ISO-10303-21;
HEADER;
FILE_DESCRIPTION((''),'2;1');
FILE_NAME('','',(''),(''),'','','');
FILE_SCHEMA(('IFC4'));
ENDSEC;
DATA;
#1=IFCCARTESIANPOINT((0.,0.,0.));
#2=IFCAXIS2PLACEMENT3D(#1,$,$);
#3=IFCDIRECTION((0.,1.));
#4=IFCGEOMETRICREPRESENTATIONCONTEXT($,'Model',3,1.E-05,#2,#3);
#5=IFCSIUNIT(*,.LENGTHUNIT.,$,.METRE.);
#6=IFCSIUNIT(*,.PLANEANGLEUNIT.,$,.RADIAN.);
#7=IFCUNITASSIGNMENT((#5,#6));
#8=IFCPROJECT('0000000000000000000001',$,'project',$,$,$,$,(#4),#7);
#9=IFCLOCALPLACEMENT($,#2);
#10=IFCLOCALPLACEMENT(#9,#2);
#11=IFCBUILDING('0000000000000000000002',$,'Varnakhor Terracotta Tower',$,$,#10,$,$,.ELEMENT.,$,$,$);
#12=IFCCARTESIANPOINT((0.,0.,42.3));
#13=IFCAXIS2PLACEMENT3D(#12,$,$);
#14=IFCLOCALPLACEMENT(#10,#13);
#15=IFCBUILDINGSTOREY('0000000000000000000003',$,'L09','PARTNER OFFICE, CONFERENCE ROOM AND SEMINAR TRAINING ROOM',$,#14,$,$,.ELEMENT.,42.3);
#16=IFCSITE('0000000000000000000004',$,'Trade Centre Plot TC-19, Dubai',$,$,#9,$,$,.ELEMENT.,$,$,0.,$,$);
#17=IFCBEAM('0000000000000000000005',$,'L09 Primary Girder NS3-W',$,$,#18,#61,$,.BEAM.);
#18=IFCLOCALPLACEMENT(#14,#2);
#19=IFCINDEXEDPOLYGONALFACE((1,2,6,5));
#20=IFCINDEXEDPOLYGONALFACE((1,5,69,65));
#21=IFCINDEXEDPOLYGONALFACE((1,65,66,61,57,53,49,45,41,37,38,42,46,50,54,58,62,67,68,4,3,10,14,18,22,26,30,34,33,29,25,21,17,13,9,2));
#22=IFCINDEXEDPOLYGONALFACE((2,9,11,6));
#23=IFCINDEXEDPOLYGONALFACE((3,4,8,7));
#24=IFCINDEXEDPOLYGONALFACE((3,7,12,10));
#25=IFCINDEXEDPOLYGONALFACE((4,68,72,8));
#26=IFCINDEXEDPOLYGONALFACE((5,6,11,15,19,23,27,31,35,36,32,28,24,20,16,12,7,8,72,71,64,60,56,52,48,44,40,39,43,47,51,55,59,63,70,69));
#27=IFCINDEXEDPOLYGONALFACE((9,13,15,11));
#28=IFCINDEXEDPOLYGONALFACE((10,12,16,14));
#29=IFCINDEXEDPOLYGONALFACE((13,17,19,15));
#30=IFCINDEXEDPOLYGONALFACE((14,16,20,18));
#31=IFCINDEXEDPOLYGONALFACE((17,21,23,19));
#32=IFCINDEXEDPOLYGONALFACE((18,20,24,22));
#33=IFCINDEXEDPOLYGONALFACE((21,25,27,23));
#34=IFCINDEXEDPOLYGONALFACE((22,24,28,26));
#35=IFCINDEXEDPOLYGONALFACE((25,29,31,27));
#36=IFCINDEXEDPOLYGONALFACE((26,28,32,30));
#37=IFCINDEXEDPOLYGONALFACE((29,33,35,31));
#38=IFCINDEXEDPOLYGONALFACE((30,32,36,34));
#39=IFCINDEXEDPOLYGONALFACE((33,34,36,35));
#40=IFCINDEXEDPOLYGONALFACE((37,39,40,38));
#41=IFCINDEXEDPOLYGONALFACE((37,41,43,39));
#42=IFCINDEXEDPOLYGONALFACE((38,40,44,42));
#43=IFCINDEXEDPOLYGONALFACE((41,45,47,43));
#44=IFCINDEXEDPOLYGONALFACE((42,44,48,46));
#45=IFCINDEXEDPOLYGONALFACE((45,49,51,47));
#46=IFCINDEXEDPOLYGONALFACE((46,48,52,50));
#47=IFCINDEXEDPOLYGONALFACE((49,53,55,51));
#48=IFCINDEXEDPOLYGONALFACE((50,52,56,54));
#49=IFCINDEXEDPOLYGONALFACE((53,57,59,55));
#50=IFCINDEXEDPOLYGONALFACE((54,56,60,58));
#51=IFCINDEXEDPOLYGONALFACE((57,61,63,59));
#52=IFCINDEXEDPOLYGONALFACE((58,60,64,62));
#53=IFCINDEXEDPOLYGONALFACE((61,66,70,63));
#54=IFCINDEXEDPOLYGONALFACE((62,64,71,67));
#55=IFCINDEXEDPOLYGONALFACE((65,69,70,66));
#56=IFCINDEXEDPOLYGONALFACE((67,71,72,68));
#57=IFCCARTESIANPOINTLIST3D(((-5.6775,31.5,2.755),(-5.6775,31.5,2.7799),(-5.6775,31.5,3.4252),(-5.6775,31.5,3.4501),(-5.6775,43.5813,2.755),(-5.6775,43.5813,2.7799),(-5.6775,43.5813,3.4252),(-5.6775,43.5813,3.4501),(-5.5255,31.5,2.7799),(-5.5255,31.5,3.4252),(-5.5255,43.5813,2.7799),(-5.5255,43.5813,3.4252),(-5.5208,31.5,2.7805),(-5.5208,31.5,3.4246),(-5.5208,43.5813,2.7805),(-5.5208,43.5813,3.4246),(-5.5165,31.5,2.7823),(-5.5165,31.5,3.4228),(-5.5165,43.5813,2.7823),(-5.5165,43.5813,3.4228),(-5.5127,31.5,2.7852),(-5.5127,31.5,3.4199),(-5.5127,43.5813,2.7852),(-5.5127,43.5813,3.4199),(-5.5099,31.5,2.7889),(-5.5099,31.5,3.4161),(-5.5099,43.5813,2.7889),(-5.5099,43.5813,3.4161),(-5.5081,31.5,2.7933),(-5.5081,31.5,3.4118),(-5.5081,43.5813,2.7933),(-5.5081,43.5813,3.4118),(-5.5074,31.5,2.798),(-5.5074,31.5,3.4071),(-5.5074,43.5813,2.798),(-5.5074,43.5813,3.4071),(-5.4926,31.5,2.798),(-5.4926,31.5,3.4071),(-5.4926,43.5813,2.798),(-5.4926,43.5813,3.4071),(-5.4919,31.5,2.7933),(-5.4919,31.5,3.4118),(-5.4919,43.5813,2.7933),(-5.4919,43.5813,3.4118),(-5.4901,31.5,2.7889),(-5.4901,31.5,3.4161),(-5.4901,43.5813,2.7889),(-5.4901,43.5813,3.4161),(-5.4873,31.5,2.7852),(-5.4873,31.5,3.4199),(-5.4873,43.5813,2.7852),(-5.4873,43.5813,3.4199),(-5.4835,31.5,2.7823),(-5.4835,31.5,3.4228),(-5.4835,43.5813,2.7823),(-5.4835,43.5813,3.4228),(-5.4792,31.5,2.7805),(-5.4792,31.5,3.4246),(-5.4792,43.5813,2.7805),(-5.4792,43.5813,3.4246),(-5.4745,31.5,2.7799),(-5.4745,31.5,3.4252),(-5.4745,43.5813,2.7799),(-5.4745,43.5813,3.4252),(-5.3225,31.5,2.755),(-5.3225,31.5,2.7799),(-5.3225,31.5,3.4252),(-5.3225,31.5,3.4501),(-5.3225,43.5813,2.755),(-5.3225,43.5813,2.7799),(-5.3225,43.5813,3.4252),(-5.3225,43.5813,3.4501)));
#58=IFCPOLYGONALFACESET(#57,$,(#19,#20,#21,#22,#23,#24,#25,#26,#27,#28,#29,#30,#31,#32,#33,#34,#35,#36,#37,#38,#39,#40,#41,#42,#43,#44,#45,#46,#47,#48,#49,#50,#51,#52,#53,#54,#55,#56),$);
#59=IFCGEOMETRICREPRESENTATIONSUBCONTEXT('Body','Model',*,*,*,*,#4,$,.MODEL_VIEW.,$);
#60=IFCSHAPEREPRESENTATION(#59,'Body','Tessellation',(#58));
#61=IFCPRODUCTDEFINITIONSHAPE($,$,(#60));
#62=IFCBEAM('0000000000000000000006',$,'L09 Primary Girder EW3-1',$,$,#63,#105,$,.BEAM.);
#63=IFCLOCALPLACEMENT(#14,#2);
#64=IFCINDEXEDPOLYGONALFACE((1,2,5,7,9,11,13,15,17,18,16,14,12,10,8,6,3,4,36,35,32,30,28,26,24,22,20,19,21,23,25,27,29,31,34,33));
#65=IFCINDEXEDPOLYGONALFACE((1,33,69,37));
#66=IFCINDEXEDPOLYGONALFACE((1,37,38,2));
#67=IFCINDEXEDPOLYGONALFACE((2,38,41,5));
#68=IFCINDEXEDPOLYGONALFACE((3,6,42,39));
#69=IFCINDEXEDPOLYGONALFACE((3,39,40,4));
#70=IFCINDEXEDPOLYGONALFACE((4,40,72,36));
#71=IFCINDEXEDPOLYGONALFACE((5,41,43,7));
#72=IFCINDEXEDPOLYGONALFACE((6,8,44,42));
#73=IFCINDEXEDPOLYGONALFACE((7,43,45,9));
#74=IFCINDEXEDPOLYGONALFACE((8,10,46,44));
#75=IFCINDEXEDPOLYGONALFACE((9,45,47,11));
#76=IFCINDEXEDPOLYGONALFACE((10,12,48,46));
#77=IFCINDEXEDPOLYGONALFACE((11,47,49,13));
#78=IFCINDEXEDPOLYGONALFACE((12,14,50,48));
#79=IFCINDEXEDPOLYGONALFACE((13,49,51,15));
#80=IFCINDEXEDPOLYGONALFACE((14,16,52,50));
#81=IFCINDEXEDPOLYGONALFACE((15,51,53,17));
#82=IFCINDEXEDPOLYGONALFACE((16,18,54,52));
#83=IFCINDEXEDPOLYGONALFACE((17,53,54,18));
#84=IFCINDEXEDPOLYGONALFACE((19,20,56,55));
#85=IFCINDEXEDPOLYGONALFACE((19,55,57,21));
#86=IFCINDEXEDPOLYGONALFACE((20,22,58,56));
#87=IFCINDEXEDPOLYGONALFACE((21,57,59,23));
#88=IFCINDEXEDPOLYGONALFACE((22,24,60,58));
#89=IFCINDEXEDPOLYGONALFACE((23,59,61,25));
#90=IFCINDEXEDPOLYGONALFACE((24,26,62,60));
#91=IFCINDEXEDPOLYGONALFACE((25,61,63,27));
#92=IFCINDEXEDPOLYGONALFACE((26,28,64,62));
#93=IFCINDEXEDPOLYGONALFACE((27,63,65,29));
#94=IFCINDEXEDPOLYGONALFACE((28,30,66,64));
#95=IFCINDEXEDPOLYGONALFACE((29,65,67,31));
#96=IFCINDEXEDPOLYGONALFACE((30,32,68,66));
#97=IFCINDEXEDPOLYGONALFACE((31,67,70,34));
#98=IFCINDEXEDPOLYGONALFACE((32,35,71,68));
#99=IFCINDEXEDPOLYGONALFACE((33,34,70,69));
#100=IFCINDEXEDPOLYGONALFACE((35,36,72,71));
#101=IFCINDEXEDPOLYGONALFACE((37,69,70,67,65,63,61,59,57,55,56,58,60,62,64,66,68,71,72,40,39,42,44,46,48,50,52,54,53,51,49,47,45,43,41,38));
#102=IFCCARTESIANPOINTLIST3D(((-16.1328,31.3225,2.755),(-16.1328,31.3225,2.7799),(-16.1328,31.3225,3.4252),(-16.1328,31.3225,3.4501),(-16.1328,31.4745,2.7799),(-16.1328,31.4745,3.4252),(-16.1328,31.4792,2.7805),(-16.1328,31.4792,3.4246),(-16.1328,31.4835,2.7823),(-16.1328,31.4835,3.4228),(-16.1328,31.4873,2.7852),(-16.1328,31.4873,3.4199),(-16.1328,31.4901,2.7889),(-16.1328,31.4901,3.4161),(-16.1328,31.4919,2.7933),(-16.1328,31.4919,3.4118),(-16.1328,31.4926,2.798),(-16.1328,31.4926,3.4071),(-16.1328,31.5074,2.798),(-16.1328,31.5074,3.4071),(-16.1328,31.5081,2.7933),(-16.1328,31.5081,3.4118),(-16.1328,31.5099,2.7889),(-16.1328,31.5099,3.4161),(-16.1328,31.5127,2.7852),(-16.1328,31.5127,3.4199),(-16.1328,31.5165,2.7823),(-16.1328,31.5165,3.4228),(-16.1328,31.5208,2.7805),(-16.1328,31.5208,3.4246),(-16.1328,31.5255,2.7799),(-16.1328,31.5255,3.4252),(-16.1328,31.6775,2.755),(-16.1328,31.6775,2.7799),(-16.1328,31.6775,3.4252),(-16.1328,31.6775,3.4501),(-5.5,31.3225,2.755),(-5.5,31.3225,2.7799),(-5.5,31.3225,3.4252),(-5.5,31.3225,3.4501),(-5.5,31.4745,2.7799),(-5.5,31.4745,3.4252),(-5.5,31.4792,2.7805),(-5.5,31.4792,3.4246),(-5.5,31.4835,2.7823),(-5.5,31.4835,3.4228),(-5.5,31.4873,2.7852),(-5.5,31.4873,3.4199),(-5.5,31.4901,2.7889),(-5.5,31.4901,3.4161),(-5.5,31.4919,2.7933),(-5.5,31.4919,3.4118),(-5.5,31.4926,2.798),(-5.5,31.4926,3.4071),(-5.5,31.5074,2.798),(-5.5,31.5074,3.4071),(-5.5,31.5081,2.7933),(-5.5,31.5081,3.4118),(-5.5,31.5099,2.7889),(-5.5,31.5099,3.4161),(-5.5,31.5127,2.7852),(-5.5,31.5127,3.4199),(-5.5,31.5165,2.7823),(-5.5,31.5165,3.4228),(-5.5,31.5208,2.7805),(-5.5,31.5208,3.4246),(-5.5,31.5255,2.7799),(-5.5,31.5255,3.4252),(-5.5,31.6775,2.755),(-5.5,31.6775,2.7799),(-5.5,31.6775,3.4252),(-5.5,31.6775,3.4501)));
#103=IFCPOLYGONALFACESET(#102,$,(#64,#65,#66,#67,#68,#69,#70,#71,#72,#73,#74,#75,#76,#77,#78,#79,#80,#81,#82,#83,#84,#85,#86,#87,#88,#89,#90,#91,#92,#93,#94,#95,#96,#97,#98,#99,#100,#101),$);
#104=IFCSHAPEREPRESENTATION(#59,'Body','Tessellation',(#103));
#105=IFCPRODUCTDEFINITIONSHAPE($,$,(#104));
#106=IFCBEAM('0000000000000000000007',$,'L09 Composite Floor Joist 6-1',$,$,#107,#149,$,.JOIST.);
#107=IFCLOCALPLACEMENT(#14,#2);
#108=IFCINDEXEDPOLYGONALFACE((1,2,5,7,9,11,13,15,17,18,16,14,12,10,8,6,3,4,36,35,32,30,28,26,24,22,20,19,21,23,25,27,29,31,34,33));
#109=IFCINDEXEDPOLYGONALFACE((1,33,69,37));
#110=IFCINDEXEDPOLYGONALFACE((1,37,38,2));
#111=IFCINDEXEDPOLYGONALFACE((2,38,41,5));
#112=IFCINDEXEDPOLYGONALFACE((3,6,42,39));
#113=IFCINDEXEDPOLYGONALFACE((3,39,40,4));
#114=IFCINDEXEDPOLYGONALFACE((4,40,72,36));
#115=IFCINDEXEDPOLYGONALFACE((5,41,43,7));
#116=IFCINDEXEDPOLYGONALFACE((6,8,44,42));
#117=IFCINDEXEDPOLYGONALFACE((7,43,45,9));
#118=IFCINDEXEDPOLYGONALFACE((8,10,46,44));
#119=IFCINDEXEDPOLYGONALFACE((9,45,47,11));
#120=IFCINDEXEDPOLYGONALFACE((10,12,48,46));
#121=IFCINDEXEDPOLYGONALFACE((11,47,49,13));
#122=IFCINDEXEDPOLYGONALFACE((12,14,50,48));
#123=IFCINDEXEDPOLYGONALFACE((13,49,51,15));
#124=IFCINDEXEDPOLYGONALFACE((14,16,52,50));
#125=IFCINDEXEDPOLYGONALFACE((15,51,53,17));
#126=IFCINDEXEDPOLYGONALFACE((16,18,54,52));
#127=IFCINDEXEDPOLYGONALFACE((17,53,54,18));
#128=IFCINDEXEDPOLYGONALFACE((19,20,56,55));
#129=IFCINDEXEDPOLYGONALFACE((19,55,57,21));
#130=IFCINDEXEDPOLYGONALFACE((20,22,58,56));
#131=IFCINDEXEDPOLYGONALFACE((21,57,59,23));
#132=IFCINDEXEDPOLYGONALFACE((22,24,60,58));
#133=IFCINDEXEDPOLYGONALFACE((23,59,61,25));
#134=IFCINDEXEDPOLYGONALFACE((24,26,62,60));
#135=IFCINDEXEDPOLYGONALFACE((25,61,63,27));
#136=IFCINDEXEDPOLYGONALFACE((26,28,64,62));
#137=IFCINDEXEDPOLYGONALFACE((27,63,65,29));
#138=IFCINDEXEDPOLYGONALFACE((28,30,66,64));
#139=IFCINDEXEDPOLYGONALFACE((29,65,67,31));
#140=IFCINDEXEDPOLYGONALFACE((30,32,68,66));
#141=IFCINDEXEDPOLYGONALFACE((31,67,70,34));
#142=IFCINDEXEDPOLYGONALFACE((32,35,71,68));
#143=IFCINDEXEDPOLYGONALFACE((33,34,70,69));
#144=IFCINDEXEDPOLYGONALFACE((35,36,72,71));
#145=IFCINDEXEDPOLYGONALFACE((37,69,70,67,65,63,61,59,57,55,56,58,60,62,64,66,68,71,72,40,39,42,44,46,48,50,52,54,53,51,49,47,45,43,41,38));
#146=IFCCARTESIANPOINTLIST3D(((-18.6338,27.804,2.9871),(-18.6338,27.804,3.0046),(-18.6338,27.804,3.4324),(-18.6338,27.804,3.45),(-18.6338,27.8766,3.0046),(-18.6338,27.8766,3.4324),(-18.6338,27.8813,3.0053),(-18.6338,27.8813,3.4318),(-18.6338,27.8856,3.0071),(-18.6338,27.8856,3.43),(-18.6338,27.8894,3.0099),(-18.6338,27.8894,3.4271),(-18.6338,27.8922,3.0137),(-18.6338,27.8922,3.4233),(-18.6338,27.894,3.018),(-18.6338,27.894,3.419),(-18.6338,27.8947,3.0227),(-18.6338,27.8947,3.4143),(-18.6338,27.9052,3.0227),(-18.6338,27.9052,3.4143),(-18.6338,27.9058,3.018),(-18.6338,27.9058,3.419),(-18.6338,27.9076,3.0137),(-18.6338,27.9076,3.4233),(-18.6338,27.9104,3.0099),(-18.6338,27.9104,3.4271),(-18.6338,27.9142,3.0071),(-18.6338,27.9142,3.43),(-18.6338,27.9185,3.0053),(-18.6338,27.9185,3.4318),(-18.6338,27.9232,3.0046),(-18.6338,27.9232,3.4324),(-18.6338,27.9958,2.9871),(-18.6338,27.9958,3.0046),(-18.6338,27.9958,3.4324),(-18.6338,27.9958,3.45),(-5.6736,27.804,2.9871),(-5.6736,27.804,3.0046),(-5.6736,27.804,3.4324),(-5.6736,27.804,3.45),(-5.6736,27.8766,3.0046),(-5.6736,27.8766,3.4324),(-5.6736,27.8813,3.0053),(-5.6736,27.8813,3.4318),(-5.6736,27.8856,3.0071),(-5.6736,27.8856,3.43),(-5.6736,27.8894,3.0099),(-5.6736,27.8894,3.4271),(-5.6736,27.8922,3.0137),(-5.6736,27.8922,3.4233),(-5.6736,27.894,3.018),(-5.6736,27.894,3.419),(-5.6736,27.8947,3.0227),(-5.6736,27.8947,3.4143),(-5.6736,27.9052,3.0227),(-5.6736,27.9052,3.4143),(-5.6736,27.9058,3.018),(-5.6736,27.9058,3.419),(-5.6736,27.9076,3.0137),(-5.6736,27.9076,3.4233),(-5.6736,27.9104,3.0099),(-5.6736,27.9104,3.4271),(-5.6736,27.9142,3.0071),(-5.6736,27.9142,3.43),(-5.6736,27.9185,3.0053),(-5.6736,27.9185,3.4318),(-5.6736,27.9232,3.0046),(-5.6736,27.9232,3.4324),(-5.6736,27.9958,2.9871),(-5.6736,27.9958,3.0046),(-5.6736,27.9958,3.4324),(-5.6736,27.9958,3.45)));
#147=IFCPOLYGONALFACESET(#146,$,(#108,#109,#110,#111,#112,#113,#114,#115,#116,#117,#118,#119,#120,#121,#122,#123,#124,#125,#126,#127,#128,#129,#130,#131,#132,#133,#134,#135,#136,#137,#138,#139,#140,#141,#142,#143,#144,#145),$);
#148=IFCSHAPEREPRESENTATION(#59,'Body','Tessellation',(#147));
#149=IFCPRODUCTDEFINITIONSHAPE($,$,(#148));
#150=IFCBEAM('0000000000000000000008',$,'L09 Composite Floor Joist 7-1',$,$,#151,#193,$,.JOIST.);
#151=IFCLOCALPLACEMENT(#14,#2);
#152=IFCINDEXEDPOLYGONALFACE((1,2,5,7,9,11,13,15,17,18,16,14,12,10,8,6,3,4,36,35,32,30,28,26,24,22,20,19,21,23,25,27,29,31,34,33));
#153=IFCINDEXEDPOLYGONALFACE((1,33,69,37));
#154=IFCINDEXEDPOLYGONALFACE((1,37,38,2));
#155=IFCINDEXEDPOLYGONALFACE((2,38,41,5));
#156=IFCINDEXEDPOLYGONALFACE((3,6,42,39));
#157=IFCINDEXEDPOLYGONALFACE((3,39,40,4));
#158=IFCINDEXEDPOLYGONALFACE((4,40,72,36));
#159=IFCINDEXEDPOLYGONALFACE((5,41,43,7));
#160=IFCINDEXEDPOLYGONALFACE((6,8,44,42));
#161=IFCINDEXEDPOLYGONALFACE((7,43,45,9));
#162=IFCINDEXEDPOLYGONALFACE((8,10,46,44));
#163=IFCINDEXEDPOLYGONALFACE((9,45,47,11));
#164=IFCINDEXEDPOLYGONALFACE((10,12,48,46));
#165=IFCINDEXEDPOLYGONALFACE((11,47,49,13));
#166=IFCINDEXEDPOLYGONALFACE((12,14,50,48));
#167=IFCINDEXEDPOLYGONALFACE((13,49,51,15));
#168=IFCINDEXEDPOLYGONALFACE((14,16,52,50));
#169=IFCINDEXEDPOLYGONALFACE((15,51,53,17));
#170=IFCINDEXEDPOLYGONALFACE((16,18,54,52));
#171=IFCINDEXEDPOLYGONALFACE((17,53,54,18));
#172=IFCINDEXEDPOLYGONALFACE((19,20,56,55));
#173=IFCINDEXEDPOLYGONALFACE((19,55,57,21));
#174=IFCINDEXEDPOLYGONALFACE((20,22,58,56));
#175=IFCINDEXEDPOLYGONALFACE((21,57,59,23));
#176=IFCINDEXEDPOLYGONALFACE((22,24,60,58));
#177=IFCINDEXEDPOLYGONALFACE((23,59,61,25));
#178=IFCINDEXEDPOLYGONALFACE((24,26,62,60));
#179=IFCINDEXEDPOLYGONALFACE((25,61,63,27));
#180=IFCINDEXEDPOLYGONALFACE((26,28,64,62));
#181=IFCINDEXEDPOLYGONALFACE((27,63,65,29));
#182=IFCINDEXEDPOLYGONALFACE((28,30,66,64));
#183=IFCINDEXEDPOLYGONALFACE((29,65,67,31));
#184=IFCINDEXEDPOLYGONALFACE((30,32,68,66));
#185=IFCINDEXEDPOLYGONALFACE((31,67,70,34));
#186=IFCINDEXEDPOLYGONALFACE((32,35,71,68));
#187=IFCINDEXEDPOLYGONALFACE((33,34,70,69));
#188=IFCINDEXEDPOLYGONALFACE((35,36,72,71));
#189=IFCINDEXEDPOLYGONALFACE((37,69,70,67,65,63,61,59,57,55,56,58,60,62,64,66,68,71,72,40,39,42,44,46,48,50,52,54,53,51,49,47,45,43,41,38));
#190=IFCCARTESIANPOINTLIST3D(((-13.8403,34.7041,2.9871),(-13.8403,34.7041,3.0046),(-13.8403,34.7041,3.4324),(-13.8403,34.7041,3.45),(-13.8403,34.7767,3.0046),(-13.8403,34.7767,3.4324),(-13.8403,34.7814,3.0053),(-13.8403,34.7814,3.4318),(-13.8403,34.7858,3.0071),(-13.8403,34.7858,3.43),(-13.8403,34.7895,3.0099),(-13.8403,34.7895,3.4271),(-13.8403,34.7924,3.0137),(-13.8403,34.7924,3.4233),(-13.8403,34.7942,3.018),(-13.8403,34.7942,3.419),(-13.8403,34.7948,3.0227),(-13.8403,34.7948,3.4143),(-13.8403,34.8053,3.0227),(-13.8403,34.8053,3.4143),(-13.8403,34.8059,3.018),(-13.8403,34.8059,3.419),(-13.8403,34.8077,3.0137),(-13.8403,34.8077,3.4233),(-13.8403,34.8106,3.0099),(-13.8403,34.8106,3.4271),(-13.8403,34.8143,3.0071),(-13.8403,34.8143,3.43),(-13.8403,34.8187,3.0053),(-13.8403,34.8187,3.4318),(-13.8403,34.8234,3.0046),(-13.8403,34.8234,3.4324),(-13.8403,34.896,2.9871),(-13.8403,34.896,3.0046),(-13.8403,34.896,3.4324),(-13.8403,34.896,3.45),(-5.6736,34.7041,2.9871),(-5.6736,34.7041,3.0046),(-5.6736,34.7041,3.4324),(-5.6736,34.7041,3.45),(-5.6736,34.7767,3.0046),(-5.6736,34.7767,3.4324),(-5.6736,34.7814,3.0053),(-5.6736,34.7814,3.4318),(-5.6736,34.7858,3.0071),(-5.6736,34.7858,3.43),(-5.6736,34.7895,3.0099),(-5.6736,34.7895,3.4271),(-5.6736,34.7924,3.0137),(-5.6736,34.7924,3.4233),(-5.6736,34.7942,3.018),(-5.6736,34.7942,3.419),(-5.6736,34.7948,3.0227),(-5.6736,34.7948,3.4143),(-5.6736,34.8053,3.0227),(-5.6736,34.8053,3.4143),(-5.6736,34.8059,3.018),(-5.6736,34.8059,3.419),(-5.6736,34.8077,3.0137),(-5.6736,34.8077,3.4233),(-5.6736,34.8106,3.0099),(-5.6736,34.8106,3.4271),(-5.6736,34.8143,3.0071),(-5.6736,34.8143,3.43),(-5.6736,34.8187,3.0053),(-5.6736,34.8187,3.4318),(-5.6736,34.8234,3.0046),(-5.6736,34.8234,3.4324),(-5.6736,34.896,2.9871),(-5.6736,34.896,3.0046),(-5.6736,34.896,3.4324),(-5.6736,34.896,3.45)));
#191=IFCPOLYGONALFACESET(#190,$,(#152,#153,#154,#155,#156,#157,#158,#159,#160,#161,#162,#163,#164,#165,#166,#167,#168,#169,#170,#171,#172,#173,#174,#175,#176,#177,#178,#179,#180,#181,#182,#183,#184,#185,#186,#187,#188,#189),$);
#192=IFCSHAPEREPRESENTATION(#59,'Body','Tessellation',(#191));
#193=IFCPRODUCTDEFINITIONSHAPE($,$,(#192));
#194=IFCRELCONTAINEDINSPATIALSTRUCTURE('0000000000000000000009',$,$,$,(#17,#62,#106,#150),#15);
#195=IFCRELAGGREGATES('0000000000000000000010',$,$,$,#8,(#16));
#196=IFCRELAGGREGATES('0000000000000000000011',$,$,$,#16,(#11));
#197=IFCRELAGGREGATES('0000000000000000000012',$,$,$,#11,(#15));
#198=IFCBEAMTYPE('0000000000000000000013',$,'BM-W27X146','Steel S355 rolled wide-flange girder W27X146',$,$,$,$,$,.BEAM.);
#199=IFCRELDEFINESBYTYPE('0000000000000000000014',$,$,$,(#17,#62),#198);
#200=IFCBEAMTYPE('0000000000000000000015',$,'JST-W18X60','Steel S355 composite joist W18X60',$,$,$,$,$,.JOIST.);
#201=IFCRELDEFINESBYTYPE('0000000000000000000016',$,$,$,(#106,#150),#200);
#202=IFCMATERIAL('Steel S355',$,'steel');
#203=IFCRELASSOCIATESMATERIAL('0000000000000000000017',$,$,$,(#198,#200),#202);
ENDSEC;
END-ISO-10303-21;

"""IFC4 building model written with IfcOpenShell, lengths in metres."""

from ifc_helpers import new_model, si_unit, direction, frame, origin, origin_2d, place, context, subcontext, project, spatial, i_section, extrude, source, transform, mapped, material, material_profile, profile_set, type_object, element, save


model = new_model("IFC4")

# Units and contexts
model_context = context("Model", 3, precision=1e-05, world=origin(), true_north=direction((0.0, 1.0)))
body_context = subcontext(model_context, "Body", "Model", "MODEL_VIEW")
ifc_project = project(units=[si_unit("LENGTHUNIT", "METRE"), si_unit("PLANEANGLEUNIT", "RADIAN")], contexts=[model_context])

# Site, building, storey
site_placement = place(None, origin())
site = spatial("IfcSite", under=ifc_project, at=site_placement, Name="Trade Centre Plot TC-19, Dubai", CompositionType="ELEMENT", RefElevation=0.0)
building_placement = place(site_placement, origin())
building = spatial("IfcBuilding", under=site, at=building_placement, Name="Varnakhor Terracotta Tower", CompositionType="ELEMENT")
storey_placement = place(building_placement, frame((0.0, 0.0, 42.3)))
storey = spatial("IfcBuildingStorey", under=building, at=storey_placement, Name="L09", Description="PARTNER OFFICE, CONFERENCE ROOM AND SEMINAR TRAINING ROOM", CompositionType="ELEMENT", Elevation=42.3)

# Beams
ifc_material_1 = material(Name="Steel S355", Category="steel")
ifc_material_profile_1 = material_profile(ifc_material_1, i_section(OverallWidth=0.355, OverallDepth=0.6951, WebThickness=0.0149, FlangeThickness=0.0249, FilletRadius=0.0181, at=origin_2d()), Name="W27X146")
ifc_profile_set_1 = profile_set([ifc_material_profile_1], Name="Steel S355")
beam_type_1 = type_object("IfcBeamType", Name="BM-W27X146", Description="Steel S355 rolled wide-flange girder W27X146", PredefinedType="BEAM", material=ifc_profile_set_1)
ifc_material_profile_2 = material_profile(ifc_material_1, i_section(OverallWidth=0.1919, OverallDepth=0.4629, WebThickness=0.0105, FlangeThickness=0.0176, FilletRadius=0.0181, at=origin_2d()), Name="W18X60")
ifc_profile_set_2 = profile_set([ifc_material_profile_2], Name="Steel S355")
beam_type_2 = type_object("IfcBeamType", Name="JST-W18X60", Description="Steel S355 composite joist W18X60", PredefinedType="JOIST", material=ifc_profile_set_2)
shared_shape_1 = source(origin(), body_context, "Body", "SweptSolid", [
    extrude(i_section(OverallWidth=0.355, OverallDepth=0.6951, WebThickness=0.0149, FlangeThickness=0.0249, FilletRadius=0.0181, at=origin_2d()), origin(), (0.0, 0.0, 1.0), 12.0813),
])
beam_1_placement = place(storey_placement, frame((-5.5, 31.5, 3.1025), z_axis=(0.0, 1.0, 0.0), x_axis=(-1.0, 0.0, 0.0)))
element("IfcBeam", 1, at=beam_1_placement, inside=storey, type_object=beam_type_1, Name="L09 Primary Girder NS3-W", PredefinedType="BEAM", context=body_context, shape_type="MappedRepresentation", body=[
    mapped(shared_shape_1, transform((0.0, 0.0, 0.0), scale=1.0)),
])
shared_shape_2 = source(origin(), body_context, "Body", "SweptSolid", [
    extrude(i_section(OverallWidth=0.355, OverallDepth=0.6951, WebThickness=0.0149, FlangeThickness=0.0249, FilletRadius=0.0181, at=origin_2d()), origin(), (0.0, 0.0, 1.0), 10.6328),
])
beam_2_placement = place(storey_placement, frame((-16.1328, 31.5, 3.1025), z_axis=(1.0, 0.0, 0.0), x_axis=(0.0, 1.0, 0.0)))
element("IfcBeam", 2, at=beam_2_placement, inside=storey, type_object=beam_type_1, Name="L09 Primary Girder EW3-1", PredefinedType="BEAM", context=body_context, shape_type="MappedRepresentation", body=[
    mapped(shared_shape_2, transform((0.0, 0.0, 0.0), scale=1.0)),
])
shared_shape_3 = source(origin(), body_context, "Body", "SweptSolid", [
    extrude(i_section(OverallWidth=0.1919, OverallDepth=0.4629, WebThickness=0.0105, FlangeThickness=0.0176, FilletRadius=0.0181, at=origin_2d()), origin(), (0.0, 0.0, 1.0), 12.9602),
])
beam_3_placement = place(storey_placement, frame((-18.6338, 27.8999, 3.2185), z_axis=(1.0, 0.0, 0.0), x_axis=(0.0, 1.0, 0.0)))
element("IfcBeam", 3, at=beam_3_placement, inside=storey, type_object=beam_type_2, Name="L09 Composite Floor Joist 6-1", PredefinedType="JOIST", context=body_context, shape_type="MappedRepresentation", body=[
    mapped(shared_shape_3, transform((0.0, 0.0, 0.0), scale=1.0)),
])
shared_shape_4 = source(origin(), body_context, "Body", "SweptSolid", [
    extrude(i_section(OverallWidth=0.1919, OverallDepth=0.4629, WebThickness=0.0105, FlangeThickness=0.0176, FilletRadius=0.0181, at=origin_2d()), origin(), (0.0, 0.0, 1.0), 8.1667),
])
beam_4_placement = place(storey_placement, frame((-13.8403, 34.8, 3.2185), z_axis=(1.0, 0.0, 0.0), x_axis=(0.0, 1.0, 0.0)))
element("IfcBeam", 4, at=beam_4_placement, inside=storey, type_object=beam_type_2, Name="L09 Composite Floor Joist 7-1", PredefinedType="JOIST", context=body_context, shape_type="MappedRepresentation", body=[
    mapped(shared_shape_4, transform((0.0, 0.0, 0.0), scale=1.0)),
])

save(model, "model.ifc")
